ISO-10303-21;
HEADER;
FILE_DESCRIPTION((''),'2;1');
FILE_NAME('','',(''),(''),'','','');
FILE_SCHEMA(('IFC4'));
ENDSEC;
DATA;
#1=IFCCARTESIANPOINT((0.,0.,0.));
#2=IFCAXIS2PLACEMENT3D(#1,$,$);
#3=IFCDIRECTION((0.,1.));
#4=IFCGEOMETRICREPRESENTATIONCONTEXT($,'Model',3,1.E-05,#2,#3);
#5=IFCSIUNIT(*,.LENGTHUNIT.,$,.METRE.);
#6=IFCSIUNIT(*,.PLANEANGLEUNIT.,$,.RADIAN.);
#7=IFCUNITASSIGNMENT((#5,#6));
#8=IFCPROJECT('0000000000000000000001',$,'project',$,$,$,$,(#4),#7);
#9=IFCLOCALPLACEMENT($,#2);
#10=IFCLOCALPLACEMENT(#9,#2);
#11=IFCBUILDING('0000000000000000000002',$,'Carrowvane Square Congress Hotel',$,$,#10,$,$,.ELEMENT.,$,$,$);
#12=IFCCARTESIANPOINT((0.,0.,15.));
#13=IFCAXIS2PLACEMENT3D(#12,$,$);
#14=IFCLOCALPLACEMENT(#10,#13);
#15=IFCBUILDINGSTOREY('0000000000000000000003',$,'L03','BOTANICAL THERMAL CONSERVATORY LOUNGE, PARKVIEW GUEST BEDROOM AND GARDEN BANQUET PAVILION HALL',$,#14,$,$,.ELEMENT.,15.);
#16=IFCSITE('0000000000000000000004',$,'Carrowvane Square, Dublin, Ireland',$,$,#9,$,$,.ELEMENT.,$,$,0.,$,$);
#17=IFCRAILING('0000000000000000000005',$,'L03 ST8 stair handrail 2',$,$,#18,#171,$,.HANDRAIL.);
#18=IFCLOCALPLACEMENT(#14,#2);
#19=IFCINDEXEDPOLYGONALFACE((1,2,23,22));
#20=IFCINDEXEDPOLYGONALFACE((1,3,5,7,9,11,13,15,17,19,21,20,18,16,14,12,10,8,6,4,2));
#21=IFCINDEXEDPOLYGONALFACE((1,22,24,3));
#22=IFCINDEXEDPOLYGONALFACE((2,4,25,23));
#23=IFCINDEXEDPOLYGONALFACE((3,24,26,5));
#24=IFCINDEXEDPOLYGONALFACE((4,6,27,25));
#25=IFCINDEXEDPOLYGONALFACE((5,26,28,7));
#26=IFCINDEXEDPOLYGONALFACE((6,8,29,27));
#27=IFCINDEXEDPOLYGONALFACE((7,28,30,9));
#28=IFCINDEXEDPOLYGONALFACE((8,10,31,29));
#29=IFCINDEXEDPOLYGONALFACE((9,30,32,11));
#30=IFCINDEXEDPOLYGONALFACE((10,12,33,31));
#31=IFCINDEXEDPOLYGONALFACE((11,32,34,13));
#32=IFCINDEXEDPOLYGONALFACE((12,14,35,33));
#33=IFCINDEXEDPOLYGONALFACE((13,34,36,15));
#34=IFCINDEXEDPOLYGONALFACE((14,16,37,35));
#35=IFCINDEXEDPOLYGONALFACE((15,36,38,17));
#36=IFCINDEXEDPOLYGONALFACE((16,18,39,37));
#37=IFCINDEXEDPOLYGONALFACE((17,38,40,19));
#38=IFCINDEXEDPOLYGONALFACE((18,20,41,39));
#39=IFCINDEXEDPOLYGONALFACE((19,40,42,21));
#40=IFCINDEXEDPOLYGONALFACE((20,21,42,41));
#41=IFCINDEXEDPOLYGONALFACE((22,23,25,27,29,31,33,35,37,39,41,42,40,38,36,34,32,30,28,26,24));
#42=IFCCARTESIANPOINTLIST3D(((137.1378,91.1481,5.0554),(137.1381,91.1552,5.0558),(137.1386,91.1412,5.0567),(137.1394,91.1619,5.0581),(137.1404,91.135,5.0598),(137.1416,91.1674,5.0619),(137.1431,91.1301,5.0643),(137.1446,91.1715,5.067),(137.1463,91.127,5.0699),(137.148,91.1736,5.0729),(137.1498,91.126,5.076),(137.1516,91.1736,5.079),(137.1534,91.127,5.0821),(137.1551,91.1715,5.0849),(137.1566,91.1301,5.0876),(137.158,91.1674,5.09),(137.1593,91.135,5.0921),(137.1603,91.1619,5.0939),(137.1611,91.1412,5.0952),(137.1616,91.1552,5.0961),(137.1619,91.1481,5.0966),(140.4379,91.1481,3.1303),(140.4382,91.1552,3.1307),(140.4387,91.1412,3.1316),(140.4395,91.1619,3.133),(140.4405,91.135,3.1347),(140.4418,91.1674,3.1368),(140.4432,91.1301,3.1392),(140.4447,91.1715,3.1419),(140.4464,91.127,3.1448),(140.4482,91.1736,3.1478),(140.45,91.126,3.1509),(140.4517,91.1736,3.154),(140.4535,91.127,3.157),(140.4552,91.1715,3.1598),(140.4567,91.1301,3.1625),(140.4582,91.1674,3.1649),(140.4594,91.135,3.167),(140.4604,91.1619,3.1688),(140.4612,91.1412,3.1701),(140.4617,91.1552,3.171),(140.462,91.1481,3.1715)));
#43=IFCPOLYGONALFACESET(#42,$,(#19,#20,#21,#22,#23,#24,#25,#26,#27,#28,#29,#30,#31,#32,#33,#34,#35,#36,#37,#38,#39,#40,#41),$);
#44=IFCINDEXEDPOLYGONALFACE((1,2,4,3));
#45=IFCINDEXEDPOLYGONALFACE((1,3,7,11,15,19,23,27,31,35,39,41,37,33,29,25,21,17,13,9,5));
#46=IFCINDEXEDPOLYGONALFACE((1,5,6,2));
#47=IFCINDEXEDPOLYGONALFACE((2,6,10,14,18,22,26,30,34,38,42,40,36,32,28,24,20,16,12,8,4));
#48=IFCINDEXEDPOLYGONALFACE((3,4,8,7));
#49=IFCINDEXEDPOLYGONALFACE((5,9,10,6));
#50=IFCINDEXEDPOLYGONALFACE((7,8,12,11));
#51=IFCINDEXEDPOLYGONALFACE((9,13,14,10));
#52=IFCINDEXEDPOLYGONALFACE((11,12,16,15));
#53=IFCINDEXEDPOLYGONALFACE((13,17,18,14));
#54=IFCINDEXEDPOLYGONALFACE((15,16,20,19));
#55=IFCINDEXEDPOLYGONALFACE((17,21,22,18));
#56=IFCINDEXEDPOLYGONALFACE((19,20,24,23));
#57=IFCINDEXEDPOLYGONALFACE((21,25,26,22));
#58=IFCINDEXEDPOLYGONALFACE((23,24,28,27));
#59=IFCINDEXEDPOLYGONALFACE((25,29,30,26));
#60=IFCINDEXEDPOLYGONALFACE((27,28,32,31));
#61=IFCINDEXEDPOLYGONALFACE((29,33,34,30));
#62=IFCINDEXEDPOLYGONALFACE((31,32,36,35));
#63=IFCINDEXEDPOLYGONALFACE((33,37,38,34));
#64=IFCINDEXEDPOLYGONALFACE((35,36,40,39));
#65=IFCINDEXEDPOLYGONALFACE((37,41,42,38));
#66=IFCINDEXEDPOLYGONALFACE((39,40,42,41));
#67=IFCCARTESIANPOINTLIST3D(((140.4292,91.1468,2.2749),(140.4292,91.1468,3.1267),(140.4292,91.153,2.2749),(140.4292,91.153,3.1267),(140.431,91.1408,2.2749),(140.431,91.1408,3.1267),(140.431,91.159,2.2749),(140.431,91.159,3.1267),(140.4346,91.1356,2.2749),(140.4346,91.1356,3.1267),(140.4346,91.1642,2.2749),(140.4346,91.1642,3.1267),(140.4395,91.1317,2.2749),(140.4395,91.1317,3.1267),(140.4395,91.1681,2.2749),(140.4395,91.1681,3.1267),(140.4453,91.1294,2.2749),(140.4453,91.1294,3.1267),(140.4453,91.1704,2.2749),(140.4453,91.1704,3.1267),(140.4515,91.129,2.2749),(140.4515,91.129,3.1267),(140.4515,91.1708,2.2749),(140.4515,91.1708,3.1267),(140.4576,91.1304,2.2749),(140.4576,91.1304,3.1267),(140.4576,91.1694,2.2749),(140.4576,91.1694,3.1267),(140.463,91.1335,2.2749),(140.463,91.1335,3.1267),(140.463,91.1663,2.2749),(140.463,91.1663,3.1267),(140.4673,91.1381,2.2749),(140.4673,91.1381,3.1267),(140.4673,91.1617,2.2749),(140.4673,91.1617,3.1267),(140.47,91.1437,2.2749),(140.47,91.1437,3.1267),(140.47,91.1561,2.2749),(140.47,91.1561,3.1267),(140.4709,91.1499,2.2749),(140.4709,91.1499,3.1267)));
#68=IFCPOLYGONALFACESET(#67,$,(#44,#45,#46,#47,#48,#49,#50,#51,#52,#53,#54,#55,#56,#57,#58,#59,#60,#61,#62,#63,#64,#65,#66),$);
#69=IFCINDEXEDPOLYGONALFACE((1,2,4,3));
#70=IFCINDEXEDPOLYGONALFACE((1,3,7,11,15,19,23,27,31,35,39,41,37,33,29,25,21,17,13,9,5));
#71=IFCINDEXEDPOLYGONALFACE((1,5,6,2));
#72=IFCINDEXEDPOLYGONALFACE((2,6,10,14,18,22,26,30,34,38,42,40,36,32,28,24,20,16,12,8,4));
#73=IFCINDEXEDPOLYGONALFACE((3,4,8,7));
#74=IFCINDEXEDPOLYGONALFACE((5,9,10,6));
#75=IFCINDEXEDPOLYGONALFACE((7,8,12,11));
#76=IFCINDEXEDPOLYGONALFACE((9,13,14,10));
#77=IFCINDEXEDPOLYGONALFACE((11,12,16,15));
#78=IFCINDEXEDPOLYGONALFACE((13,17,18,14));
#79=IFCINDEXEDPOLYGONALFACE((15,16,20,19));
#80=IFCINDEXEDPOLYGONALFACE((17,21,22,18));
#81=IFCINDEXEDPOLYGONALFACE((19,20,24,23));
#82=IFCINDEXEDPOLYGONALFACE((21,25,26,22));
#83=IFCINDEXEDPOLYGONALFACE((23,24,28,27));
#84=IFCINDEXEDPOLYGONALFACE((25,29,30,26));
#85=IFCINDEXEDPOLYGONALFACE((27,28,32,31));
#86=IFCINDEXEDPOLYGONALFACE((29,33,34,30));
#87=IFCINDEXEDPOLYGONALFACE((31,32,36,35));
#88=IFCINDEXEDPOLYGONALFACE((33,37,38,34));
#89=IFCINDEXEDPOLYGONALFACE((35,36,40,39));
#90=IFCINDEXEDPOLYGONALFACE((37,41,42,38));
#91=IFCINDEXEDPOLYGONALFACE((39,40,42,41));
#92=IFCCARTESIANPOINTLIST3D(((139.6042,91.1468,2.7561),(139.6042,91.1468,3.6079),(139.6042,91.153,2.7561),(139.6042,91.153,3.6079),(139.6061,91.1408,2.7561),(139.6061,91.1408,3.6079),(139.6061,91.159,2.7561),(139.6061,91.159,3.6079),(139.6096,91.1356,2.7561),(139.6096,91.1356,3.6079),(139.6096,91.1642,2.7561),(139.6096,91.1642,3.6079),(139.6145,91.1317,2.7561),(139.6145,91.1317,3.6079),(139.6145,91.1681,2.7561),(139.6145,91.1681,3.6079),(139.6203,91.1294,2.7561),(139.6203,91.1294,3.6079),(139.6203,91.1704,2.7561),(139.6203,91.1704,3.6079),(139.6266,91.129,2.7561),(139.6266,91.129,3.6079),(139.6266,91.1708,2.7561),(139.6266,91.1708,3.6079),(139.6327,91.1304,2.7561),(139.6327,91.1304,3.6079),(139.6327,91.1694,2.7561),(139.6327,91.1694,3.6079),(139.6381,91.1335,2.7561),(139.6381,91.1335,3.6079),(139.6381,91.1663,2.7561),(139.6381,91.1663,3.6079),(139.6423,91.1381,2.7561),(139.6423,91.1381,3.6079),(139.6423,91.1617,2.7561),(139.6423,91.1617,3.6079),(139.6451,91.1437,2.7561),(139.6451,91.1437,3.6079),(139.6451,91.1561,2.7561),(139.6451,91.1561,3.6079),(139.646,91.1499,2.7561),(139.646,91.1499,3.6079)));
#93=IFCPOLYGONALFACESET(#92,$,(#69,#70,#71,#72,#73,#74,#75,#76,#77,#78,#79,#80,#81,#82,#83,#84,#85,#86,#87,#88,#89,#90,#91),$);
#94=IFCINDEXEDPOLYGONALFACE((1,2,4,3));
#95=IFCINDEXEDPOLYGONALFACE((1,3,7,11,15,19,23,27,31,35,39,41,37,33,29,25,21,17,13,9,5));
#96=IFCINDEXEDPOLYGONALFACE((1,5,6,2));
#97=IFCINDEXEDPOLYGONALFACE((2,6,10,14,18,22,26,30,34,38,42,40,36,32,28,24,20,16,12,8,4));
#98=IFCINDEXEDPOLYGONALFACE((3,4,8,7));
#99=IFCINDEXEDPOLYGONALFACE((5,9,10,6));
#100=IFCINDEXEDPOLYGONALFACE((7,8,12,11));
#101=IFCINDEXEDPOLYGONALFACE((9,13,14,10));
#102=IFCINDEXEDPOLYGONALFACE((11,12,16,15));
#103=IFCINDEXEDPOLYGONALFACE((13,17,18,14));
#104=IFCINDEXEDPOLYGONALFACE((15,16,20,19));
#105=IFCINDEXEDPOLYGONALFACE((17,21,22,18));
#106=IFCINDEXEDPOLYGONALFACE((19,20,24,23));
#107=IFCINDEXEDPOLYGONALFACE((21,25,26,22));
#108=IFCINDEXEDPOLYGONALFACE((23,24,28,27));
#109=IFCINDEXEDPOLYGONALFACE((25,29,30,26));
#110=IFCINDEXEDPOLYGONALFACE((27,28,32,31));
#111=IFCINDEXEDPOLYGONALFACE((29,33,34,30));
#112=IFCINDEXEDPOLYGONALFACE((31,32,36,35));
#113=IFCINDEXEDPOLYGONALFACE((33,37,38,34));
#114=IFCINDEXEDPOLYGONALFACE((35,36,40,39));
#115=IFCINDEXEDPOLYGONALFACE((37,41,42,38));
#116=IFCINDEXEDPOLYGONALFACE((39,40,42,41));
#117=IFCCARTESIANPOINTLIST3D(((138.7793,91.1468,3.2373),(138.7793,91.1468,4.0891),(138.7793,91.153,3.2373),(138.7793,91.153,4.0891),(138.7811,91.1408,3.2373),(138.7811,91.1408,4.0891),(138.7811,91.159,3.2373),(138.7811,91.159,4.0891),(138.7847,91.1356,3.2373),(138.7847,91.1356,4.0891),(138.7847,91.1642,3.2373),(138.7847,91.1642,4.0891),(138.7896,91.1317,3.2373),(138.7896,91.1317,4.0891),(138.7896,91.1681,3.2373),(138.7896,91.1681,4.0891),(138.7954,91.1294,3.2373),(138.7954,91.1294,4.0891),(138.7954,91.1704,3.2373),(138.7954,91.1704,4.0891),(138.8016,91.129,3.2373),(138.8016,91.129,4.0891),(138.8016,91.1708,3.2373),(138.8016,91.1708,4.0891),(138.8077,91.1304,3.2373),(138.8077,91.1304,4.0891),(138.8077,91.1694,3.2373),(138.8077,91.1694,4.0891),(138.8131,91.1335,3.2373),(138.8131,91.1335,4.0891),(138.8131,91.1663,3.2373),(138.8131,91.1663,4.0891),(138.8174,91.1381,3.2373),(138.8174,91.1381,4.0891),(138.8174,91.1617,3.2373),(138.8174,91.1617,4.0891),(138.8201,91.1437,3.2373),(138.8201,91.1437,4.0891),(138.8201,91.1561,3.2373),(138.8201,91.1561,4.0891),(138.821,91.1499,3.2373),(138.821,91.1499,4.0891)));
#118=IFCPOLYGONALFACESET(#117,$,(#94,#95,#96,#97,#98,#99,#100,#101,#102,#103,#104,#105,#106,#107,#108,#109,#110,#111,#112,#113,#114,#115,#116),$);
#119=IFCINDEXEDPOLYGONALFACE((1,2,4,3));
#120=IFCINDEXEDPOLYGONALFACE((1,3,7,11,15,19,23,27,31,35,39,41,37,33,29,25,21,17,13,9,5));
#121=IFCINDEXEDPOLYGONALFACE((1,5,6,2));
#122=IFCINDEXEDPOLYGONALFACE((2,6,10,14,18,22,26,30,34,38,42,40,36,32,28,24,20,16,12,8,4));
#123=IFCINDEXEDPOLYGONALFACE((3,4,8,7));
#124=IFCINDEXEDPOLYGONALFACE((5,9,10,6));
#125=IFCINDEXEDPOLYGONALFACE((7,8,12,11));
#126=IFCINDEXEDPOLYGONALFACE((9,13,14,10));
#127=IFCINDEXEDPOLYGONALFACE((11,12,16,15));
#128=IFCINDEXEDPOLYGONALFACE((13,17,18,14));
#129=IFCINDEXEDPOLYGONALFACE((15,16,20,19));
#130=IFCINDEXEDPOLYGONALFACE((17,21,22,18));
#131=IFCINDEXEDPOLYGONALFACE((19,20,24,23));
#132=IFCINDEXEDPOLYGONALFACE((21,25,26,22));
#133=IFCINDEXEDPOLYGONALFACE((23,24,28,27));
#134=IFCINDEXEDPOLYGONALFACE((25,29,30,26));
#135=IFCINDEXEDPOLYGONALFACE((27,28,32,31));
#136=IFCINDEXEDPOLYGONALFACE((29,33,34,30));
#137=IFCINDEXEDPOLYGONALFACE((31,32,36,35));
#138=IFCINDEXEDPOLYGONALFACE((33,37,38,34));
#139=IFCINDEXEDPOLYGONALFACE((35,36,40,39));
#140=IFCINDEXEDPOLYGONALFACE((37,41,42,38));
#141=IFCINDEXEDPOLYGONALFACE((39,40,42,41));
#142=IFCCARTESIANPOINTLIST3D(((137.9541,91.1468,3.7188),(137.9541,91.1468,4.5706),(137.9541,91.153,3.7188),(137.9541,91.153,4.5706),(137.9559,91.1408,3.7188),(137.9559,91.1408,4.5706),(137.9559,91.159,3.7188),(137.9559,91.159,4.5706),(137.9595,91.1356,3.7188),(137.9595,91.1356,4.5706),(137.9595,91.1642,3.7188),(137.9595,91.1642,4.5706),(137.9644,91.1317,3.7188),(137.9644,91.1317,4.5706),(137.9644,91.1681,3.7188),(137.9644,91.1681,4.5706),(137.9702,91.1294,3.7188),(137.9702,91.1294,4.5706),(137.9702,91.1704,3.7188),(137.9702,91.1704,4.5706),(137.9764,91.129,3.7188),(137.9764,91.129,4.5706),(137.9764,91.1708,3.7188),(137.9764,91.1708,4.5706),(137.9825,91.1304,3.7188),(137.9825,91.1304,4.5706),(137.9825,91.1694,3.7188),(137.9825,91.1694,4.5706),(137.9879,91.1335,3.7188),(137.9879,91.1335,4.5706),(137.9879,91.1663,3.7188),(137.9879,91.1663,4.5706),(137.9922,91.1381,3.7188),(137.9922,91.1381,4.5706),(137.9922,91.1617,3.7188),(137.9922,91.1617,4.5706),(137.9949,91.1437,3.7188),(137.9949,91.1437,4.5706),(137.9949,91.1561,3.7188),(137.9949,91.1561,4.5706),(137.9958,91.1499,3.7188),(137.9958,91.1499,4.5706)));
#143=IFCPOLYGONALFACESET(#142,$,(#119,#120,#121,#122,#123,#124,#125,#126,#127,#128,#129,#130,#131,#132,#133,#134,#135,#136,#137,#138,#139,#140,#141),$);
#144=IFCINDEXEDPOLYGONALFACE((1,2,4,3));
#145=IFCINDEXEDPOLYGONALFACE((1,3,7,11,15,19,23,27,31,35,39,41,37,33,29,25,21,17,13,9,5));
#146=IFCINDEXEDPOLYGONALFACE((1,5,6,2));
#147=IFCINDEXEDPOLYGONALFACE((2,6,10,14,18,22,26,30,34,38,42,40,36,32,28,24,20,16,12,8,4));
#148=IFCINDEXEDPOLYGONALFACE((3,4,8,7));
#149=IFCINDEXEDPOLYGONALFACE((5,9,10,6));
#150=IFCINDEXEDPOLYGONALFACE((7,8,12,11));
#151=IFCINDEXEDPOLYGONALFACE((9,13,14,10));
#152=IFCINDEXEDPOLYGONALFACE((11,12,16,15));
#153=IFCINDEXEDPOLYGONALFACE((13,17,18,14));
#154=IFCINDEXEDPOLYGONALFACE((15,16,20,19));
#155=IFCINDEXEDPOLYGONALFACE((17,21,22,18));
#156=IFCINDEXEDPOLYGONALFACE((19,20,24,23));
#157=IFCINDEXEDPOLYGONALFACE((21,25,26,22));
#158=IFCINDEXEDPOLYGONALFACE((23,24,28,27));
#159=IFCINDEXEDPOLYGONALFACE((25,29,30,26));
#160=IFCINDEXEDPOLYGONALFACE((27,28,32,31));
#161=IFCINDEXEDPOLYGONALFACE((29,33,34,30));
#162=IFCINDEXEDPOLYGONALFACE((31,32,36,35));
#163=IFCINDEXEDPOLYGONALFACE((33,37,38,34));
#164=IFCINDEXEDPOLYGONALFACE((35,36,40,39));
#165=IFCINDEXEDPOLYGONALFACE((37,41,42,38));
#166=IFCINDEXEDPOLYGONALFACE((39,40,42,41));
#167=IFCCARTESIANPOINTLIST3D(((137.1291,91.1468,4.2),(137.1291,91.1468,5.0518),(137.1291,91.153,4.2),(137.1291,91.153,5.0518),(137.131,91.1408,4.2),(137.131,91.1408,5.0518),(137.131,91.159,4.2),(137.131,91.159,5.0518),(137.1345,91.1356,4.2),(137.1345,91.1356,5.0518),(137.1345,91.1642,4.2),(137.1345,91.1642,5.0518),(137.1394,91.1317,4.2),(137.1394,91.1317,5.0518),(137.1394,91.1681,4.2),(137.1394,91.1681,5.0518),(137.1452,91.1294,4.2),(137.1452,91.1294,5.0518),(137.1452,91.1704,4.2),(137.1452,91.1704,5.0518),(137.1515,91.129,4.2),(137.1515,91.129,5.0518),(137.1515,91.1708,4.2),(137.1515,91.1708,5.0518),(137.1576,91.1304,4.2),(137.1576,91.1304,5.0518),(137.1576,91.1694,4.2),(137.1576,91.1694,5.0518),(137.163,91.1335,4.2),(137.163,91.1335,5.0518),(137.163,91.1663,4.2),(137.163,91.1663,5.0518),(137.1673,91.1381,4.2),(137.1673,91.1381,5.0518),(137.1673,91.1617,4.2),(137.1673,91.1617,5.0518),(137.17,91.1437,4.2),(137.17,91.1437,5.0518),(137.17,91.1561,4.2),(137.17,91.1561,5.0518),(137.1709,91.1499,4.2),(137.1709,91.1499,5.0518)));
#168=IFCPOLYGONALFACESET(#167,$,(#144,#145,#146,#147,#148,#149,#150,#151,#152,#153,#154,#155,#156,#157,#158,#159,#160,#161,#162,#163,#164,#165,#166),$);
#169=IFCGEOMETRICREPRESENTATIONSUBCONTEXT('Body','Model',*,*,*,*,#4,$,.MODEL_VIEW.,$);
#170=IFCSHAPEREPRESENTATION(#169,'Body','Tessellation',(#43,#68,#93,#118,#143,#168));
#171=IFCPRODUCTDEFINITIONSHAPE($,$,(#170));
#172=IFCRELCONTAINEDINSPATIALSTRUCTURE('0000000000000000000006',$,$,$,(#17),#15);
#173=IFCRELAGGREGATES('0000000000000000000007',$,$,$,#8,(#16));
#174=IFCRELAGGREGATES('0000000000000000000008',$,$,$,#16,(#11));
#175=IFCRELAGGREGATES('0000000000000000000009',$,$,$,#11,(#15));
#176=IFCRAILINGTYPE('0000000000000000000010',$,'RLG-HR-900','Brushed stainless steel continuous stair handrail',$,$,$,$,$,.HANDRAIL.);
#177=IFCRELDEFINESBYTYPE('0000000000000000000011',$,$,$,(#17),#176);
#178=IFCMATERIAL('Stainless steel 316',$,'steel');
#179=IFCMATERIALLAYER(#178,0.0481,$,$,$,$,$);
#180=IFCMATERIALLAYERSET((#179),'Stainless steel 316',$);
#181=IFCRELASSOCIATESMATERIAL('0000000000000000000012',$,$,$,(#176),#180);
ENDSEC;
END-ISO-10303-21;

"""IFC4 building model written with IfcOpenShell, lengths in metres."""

from ifc_helpers import new_model, si_unit, direction, frame, origin, origin_2d, place, context, subcontext, project, spatial, circle, extrude, material, layer, layer_set, type_object, element, save


model = new_model("IFC4")

# Units and contexts
model_context = context("Model", 3, precision=1e-05, world=origin(), true_north=direction((0.0, 1.0)))
body_context = subcontext(model_context, "Body", "Model", "MODEL_VIEW")
ifc_project = project(units=[si_unit("LENGTHUNIT", "METRE"), si_unit("PLANEANGLEUNIT", "RADIAN")], contexts=[model_context])

# Site, building, storey
site_placement = place(None, origin())
site = spatial("IfcSite", under=ifc_project, at=site_placement, Name="Carrowvane Square, Dublin, Ireland", CompositionType="ELEMENT", RefElevation=0.0)
building_placement = place(site_placement, origin())
building = spatial("IfcBuilding", under=site, at=building_placement, Name="Carrowvane Square Congress Hotel", CompositionType="ELEMENT")
storey_placement = place(building_placement, frame((0.0, 0.0, 15.0)))
storey = spatial("IfcBuildingStorey", under=building, at=storey_placement, Name="L03", Description="BOTANICAL THERMAL CONSERVATORY LOUNGE, PARKVIEW GUEST BEDROOM AND GARDEN BANQUET PAVILION HALL", CompositionType="ELEMENT", Elevation=15.0)

# Railing
ifc_material_1 = material(Name="Stainless steel 316", Category="steel")
ifc_layer_1 = layer(ifc_material_1, 0.0481)
ifc_layer_set_1 = layer_set([ifc_layer_1], Name="Stainless steel 316")
railing_type_1 = type_object("IfcRailingType", Name="RLG-HR-900", Description="Brushed stainless steel continuous stair handrail", PredefinedType="HANDRAIL", material=ifc_layer_set_1)
railing_1_placement = place(storey_placement, frame((140.45, 91.1499, 2.2749)))
element("IfcRailing", 1, at=railing_1_placement, inside=storey, type_object=railing_type_1, Name="L03 ST8 stair handrail 2", PredefinedType="HANDRAIL", context=body_context, shape_type="SweptSolid", body=[
    extrude(circle(Radius=0.0239, at=origin_2d()), frame((0.0, 0.0, 0.876), z_axis=(-0.863777, 0.0, 0.503875), x_axis=(0.0, -1.0, 0.0)), (0.0, 0.0, 1.0), 3.8206),
    extrude(circle(Radius=0.021, at=origin_2d()), origin(), (0.0, 0.0, 1.0), 0.8518),
    extrude(circle(Radius=0.021, at=origin_2d()), frame((-0.825, 0.0, 0.4812)), (0.0, 0.0, 1.0), 0.8518),
    extrude(circle(Radius=0.021, at=origin_2d()), frame((-1.6499, 0.0, 0.9624)), (0.0, 0.0, 1.0), 0.8518),
    extrude(circle(Radius=0.021, at=origin_2d()), frame((-2.4751, 0.0, 1.4438)), (0.0, 0.0, 1.0), 0.8518),
    extrude(circle(Radius=0.021, at=origin_2d()), frame((-3.3, 0.0, 1.925)), (0.0, 0.0, 1.0), 0.8518),
])

save(model, "model.ifc")
